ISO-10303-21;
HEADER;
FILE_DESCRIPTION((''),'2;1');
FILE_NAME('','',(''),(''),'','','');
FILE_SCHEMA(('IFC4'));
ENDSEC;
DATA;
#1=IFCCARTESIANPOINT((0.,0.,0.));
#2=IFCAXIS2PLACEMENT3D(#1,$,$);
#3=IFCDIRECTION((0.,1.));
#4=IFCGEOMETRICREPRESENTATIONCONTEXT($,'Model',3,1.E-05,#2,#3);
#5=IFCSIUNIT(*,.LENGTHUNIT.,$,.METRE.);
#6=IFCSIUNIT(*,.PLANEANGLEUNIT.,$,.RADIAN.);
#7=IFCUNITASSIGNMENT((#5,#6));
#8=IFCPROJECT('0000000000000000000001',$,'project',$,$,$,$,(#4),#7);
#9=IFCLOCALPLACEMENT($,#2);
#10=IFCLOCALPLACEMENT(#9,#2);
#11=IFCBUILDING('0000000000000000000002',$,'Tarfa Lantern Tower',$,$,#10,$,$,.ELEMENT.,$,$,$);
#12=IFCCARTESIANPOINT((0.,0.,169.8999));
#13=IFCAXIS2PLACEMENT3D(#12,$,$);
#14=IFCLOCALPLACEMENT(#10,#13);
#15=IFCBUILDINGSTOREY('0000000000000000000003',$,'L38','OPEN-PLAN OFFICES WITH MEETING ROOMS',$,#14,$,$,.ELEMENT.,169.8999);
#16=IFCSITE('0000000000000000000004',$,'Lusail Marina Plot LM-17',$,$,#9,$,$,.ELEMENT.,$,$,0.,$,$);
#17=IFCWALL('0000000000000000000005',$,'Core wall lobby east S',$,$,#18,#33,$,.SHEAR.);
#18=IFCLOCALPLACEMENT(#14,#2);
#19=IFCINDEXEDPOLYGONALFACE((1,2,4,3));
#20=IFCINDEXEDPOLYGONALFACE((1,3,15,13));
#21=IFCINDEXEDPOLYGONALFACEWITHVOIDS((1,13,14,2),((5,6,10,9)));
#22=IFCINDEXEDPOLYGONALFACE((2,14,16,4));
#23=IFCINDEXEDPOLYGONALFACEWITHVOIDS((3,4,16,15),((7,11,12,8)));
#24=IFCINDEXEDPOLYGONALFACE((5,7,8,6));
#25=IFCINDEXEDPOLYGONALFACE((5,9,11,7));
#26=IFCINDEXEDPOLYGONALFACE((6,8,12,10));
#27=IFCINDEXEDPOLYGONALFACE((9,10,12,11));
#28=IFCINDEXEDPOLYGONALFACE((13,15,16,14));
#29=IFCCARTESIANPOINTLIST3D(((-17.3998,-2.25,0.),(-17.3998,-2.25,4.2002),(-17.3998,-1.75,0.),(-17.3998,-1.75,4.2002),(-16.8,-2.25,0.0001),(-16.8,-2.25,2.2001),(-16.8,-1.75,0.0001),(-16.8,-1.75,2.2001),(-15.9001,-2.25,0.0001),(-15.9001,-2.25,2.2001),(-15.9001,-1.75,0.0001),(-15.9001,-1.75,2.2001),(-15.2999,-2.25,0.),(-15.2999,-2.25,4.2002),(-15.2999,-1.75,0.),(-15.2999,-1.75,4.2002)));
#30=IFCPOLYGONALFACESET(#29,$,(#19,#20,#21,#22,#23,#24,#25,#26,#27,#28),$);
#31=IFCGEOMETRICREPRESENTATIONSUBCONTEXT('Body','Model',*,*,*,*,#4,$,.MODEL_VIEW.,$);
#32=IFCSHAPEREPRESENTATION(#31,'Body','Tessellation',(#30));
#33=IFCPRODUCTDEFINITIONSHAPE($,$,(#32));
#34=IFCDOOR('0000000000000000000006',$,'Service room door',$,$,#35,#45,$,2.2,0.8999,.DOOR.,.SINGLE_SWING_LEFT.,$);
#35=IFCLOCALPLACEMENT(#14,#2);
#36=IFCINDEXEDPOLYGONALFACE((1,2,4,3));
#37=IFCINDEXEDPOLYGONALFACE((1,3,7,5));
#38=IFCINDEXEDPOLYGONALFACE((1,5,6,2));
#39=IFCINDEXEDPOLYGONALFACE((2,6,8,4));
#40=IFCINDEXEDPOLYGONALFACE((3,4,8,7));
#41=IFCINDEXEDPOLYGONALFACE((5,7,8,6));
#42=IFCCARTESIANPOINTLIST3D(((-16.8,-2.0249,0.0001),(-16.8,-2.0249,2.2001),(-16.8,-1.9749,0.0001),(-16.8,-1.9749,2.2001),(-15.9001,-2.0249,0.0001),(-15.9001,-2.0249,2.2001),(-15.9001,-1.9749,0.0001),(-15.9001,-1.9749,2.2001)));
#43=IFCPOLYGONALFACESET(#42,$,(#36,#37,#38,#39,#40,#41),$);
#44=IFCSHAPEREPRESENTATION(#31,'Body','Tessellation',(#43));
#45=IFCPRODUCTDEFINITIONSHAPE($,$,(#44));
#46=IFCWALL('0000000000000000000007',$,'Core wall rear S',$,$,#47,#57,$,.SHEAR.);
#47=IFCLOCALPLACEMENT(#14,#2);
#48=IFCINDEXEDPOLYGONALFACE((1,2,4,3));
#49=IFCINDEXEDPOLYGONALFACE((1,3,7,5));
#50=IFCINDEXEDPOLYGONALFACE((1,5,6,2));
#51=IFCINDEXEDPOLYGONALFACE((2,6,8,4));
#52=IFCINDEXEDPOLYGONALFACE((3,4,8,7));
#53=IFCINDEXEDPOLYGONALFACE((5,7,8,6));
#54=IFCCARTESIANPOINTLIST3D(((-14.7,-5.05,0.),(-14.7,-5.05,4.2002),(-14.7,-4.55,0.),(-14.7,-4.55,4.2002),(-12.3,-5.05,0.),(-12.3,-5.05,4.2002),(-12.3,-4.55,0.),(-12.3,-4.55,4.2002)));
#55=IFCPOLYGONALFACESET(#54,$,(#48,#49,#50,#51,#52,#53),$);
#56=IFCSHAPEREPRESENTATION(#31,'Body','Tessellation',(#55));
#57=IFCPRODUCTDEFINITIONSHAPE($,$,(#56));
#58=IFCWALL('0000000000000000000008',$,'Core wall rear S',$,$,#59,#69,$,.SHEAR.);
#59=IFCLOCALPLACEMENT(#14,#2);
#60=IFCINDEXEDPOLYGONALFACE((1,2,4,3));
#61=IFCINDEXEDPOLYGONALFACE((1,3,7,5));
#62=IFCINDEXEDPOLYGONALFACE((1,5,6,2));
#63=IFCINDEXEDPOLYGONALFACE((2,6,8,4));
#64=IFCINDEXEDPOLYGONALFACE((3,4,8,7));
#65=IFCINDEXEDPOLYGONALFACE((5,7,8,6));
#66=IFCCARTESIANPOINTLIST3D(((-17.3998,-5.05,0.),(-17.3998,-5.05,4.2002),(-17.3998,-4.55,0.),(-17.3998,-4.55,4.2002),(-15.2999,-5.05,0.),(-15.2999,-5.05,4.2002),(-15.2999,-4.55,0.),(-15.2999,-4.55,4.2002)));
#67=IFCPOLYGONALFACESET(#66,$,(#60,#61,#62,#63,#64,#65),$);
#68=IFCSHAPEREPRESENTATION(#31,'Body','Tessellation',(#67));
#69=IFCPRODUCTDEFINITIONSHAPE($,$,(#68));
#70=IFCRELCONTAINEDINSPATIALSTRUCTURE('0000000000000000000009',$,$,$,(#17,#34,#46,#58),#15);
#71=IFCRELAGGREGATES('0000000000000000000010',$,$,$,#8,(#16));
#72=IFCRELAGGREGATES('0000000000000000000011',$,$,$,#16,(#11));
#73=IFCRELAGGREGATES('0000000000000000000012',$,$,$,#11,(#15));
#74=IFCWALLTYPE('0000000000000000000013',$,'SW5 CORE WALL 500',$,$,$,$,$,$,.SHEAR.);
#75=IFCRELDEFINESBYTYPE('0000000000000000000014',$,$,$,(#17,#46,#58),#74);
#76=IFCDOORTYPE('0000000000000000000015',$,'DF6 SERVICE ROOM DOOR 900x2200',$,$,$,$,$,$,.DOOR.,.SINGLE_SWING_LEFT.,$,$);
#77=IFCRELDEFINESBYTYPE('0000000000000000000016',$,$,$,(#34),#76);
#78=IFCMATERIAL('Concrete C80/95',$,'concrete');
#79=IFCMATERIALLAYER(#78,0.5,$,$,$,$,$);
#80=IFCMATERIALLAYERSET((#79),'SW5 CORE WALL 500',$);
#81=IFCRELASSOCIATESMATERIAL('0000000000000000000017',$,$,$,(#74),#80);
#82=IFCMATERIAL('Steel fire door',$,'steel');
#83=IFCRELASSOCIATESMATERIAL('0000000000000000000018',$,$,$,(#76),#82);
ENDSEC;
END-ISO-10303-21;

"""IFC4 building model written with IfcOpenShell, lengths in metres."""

from ifc_helpers import new_model, si_unit, direction, frame, frame_2d, origin, place, context, subcontext, project, spatial, rectangle, extrude, material, layer, layer_set, type_object, element, fill, save


model = new_model("IFC4")

# Units and contexts
model_context = context("Model", 3, precision=1e-05, world=origin(), true_north=direction((0.0, 1.0)))
body_context = subcontext(model_context, "Body", "Model", "MODEL_VIEW")
ifc_project = project(units=[si_unit("LENGTHUNIT", "METRE"), si_unit("PLANEANGLEUNIT", "RADIAN")], contexts=[model_context])

# Site, building, storey
site_placement = place(None, origin())
site = spatial("IfcSite", under=ifc_project, at=site_placement, Name="Lusail Marina Plot LM-17", CompositionType="ELEMENT", RefElevation=0.0)
building_placement = place(site_placement, origin())
building = spatial("IfcBuilding", under=site, at=building_placement, Name="Tarfa Lantern Tower", CompositionType="ELEMENT")
storey_placement = place(building_placement, frame((0.0, 0.0, 169.8999)))
storey = spatial("IfcBuildingStorey", under=building, at=storey_placement, Name="L38", Description="OPEN-PLAN OFFICES WITH MEETING ROOMS", CompositionType="ELEMENT", Elevation=169.8999)

# Shared definitions
ifc_material_1 = material(Name="Concrete C80/95", Category="concrete")
ifc_layer_1 = layer(ifc_material_1, 0.5)
ifc_layer_set_1 = layer_set([ifc_layer_1], Name="SW5 CORE WALL 500")
wall_type_1 = type_object("IfcWallType", Name="SW5 CORE WALL 500", PredefinedType="SHEAR", material=ifc_layer_set_1)

# Wall, opening, door
wall_1_placement = place(storey_placement, frame((-15.3, -2.0, 0.0), z_axis=(0.0, 0.0, 1.0), x_axis=(-1.0, 0.0, 0.0)))
wall_1 = element("IfcWall", 1, at=wall_1_placement, inside=storey, type_object=wall_type_1, Name="Core wall lobby east S", PredefinedType="SHEAR", context=body_context, shape_type="SweptSolid", body=[
    extrude(rectangle(XDim=2.0999, YDim=0.5, at=frame_2d((1.0498, 0.0))), origin(), (0.0, 0.0, 1.0), 4.2002),
])
opening_1_placement = place(wall_1_placement, frame((0.6001, 0.0, 0.0)))
opening_1 = element("IfcOpeningElement", 2, at=opening_1_placement, cuts=wall_1, PredefinedType="OPENING", context=body_context, shape_type="SweptSolid", body=[
    extrude(rectangle(XDim=0.8999, YDim=2.2, at=frame_2d((0.45, 1.1001))), frame((0.0, 0.26, 0.0), z_axis=(0.0, -1.0, 0.0), x_axis=(1.0, 0.0, 0.0)), (0.0, 0.0, 1.0), 0.52),
])
ifc_material_2 = material(Name="Steel fire door", Category="steel")
door_type_1 = type_object("IfcDoorType", Name="DF6 SERVICE ROOM DOOR 900x2200", OperationType="SINGLE_SWING_LEFT", PredefinedType="DOOR", material=ifc_material_2)
door_1_placement = place(opening_1_placement, origin())
door_1 = element("IfcDoor", 3, at=door_1_placement, inside=storey, type_object=door_type_1, Name="Service room door", OperationType="SINGLE_SWING_LEFT", OverallHeight=2.2, OverallWidth=0.8999, PredefinedType="DOOR", context=body_context, shape_type="SweptSolid", body=[
    extrude(rectangle(XDim=0.8999, YDim=2.2, at=frame_2d((0.45, 1.1001))), frame((0.0, 0.0249, 0.0), z_axis=(0.0, -1.0, 0.0), x_axis=(1.0, 0.0, 0.0)), (0.0, 0.0, 1.0), 0.05),
])
fill(opening_1, door_1)

# Walls
wall_2_placement = place(storey_placement, frame((-12.3, -4.8, 0.0), z_axis=(0.0, 0.0, 1.0), x_axis=(-1.0, 0.0, 0.0)))
element("IfcWall", 4, at=wall_2_placement, inside=storey, type_object=wall_type_1, Name="Core wall rear S", PredefinedType="SHEAR", context=body_context, shape_type="SweptSolid", body=[
    extrude(rectangle(XDim=2.3999, YDim=0.5, at=frame_2d((1.2, 0.0))), origin(), (0.0, 0.0, 1.0), 4.2002),
])
wall_3_placement = place(storey_placement, frame((-15.3, -4.8, 0.0), z_axis=(0.0, 0.0, 1.0), x_axis=(-1.0, 0.0, 0.0)))
element("IfcWall", 5, at=wall_3_placement, inside=storey, type_object=wall_type_1, Name="Core wall rear S", PredefinedType="SHEAR", context=body_context, shape_type="SweptSolid", body=[
    extrude(rectangle(XDim=2.0999, YDim=0.5, at=frame_2d((1.0498, 0.0))), origin(), (0.0, 0.0, 1.0), 4.2002),
])

save(model, "model.ifc")
